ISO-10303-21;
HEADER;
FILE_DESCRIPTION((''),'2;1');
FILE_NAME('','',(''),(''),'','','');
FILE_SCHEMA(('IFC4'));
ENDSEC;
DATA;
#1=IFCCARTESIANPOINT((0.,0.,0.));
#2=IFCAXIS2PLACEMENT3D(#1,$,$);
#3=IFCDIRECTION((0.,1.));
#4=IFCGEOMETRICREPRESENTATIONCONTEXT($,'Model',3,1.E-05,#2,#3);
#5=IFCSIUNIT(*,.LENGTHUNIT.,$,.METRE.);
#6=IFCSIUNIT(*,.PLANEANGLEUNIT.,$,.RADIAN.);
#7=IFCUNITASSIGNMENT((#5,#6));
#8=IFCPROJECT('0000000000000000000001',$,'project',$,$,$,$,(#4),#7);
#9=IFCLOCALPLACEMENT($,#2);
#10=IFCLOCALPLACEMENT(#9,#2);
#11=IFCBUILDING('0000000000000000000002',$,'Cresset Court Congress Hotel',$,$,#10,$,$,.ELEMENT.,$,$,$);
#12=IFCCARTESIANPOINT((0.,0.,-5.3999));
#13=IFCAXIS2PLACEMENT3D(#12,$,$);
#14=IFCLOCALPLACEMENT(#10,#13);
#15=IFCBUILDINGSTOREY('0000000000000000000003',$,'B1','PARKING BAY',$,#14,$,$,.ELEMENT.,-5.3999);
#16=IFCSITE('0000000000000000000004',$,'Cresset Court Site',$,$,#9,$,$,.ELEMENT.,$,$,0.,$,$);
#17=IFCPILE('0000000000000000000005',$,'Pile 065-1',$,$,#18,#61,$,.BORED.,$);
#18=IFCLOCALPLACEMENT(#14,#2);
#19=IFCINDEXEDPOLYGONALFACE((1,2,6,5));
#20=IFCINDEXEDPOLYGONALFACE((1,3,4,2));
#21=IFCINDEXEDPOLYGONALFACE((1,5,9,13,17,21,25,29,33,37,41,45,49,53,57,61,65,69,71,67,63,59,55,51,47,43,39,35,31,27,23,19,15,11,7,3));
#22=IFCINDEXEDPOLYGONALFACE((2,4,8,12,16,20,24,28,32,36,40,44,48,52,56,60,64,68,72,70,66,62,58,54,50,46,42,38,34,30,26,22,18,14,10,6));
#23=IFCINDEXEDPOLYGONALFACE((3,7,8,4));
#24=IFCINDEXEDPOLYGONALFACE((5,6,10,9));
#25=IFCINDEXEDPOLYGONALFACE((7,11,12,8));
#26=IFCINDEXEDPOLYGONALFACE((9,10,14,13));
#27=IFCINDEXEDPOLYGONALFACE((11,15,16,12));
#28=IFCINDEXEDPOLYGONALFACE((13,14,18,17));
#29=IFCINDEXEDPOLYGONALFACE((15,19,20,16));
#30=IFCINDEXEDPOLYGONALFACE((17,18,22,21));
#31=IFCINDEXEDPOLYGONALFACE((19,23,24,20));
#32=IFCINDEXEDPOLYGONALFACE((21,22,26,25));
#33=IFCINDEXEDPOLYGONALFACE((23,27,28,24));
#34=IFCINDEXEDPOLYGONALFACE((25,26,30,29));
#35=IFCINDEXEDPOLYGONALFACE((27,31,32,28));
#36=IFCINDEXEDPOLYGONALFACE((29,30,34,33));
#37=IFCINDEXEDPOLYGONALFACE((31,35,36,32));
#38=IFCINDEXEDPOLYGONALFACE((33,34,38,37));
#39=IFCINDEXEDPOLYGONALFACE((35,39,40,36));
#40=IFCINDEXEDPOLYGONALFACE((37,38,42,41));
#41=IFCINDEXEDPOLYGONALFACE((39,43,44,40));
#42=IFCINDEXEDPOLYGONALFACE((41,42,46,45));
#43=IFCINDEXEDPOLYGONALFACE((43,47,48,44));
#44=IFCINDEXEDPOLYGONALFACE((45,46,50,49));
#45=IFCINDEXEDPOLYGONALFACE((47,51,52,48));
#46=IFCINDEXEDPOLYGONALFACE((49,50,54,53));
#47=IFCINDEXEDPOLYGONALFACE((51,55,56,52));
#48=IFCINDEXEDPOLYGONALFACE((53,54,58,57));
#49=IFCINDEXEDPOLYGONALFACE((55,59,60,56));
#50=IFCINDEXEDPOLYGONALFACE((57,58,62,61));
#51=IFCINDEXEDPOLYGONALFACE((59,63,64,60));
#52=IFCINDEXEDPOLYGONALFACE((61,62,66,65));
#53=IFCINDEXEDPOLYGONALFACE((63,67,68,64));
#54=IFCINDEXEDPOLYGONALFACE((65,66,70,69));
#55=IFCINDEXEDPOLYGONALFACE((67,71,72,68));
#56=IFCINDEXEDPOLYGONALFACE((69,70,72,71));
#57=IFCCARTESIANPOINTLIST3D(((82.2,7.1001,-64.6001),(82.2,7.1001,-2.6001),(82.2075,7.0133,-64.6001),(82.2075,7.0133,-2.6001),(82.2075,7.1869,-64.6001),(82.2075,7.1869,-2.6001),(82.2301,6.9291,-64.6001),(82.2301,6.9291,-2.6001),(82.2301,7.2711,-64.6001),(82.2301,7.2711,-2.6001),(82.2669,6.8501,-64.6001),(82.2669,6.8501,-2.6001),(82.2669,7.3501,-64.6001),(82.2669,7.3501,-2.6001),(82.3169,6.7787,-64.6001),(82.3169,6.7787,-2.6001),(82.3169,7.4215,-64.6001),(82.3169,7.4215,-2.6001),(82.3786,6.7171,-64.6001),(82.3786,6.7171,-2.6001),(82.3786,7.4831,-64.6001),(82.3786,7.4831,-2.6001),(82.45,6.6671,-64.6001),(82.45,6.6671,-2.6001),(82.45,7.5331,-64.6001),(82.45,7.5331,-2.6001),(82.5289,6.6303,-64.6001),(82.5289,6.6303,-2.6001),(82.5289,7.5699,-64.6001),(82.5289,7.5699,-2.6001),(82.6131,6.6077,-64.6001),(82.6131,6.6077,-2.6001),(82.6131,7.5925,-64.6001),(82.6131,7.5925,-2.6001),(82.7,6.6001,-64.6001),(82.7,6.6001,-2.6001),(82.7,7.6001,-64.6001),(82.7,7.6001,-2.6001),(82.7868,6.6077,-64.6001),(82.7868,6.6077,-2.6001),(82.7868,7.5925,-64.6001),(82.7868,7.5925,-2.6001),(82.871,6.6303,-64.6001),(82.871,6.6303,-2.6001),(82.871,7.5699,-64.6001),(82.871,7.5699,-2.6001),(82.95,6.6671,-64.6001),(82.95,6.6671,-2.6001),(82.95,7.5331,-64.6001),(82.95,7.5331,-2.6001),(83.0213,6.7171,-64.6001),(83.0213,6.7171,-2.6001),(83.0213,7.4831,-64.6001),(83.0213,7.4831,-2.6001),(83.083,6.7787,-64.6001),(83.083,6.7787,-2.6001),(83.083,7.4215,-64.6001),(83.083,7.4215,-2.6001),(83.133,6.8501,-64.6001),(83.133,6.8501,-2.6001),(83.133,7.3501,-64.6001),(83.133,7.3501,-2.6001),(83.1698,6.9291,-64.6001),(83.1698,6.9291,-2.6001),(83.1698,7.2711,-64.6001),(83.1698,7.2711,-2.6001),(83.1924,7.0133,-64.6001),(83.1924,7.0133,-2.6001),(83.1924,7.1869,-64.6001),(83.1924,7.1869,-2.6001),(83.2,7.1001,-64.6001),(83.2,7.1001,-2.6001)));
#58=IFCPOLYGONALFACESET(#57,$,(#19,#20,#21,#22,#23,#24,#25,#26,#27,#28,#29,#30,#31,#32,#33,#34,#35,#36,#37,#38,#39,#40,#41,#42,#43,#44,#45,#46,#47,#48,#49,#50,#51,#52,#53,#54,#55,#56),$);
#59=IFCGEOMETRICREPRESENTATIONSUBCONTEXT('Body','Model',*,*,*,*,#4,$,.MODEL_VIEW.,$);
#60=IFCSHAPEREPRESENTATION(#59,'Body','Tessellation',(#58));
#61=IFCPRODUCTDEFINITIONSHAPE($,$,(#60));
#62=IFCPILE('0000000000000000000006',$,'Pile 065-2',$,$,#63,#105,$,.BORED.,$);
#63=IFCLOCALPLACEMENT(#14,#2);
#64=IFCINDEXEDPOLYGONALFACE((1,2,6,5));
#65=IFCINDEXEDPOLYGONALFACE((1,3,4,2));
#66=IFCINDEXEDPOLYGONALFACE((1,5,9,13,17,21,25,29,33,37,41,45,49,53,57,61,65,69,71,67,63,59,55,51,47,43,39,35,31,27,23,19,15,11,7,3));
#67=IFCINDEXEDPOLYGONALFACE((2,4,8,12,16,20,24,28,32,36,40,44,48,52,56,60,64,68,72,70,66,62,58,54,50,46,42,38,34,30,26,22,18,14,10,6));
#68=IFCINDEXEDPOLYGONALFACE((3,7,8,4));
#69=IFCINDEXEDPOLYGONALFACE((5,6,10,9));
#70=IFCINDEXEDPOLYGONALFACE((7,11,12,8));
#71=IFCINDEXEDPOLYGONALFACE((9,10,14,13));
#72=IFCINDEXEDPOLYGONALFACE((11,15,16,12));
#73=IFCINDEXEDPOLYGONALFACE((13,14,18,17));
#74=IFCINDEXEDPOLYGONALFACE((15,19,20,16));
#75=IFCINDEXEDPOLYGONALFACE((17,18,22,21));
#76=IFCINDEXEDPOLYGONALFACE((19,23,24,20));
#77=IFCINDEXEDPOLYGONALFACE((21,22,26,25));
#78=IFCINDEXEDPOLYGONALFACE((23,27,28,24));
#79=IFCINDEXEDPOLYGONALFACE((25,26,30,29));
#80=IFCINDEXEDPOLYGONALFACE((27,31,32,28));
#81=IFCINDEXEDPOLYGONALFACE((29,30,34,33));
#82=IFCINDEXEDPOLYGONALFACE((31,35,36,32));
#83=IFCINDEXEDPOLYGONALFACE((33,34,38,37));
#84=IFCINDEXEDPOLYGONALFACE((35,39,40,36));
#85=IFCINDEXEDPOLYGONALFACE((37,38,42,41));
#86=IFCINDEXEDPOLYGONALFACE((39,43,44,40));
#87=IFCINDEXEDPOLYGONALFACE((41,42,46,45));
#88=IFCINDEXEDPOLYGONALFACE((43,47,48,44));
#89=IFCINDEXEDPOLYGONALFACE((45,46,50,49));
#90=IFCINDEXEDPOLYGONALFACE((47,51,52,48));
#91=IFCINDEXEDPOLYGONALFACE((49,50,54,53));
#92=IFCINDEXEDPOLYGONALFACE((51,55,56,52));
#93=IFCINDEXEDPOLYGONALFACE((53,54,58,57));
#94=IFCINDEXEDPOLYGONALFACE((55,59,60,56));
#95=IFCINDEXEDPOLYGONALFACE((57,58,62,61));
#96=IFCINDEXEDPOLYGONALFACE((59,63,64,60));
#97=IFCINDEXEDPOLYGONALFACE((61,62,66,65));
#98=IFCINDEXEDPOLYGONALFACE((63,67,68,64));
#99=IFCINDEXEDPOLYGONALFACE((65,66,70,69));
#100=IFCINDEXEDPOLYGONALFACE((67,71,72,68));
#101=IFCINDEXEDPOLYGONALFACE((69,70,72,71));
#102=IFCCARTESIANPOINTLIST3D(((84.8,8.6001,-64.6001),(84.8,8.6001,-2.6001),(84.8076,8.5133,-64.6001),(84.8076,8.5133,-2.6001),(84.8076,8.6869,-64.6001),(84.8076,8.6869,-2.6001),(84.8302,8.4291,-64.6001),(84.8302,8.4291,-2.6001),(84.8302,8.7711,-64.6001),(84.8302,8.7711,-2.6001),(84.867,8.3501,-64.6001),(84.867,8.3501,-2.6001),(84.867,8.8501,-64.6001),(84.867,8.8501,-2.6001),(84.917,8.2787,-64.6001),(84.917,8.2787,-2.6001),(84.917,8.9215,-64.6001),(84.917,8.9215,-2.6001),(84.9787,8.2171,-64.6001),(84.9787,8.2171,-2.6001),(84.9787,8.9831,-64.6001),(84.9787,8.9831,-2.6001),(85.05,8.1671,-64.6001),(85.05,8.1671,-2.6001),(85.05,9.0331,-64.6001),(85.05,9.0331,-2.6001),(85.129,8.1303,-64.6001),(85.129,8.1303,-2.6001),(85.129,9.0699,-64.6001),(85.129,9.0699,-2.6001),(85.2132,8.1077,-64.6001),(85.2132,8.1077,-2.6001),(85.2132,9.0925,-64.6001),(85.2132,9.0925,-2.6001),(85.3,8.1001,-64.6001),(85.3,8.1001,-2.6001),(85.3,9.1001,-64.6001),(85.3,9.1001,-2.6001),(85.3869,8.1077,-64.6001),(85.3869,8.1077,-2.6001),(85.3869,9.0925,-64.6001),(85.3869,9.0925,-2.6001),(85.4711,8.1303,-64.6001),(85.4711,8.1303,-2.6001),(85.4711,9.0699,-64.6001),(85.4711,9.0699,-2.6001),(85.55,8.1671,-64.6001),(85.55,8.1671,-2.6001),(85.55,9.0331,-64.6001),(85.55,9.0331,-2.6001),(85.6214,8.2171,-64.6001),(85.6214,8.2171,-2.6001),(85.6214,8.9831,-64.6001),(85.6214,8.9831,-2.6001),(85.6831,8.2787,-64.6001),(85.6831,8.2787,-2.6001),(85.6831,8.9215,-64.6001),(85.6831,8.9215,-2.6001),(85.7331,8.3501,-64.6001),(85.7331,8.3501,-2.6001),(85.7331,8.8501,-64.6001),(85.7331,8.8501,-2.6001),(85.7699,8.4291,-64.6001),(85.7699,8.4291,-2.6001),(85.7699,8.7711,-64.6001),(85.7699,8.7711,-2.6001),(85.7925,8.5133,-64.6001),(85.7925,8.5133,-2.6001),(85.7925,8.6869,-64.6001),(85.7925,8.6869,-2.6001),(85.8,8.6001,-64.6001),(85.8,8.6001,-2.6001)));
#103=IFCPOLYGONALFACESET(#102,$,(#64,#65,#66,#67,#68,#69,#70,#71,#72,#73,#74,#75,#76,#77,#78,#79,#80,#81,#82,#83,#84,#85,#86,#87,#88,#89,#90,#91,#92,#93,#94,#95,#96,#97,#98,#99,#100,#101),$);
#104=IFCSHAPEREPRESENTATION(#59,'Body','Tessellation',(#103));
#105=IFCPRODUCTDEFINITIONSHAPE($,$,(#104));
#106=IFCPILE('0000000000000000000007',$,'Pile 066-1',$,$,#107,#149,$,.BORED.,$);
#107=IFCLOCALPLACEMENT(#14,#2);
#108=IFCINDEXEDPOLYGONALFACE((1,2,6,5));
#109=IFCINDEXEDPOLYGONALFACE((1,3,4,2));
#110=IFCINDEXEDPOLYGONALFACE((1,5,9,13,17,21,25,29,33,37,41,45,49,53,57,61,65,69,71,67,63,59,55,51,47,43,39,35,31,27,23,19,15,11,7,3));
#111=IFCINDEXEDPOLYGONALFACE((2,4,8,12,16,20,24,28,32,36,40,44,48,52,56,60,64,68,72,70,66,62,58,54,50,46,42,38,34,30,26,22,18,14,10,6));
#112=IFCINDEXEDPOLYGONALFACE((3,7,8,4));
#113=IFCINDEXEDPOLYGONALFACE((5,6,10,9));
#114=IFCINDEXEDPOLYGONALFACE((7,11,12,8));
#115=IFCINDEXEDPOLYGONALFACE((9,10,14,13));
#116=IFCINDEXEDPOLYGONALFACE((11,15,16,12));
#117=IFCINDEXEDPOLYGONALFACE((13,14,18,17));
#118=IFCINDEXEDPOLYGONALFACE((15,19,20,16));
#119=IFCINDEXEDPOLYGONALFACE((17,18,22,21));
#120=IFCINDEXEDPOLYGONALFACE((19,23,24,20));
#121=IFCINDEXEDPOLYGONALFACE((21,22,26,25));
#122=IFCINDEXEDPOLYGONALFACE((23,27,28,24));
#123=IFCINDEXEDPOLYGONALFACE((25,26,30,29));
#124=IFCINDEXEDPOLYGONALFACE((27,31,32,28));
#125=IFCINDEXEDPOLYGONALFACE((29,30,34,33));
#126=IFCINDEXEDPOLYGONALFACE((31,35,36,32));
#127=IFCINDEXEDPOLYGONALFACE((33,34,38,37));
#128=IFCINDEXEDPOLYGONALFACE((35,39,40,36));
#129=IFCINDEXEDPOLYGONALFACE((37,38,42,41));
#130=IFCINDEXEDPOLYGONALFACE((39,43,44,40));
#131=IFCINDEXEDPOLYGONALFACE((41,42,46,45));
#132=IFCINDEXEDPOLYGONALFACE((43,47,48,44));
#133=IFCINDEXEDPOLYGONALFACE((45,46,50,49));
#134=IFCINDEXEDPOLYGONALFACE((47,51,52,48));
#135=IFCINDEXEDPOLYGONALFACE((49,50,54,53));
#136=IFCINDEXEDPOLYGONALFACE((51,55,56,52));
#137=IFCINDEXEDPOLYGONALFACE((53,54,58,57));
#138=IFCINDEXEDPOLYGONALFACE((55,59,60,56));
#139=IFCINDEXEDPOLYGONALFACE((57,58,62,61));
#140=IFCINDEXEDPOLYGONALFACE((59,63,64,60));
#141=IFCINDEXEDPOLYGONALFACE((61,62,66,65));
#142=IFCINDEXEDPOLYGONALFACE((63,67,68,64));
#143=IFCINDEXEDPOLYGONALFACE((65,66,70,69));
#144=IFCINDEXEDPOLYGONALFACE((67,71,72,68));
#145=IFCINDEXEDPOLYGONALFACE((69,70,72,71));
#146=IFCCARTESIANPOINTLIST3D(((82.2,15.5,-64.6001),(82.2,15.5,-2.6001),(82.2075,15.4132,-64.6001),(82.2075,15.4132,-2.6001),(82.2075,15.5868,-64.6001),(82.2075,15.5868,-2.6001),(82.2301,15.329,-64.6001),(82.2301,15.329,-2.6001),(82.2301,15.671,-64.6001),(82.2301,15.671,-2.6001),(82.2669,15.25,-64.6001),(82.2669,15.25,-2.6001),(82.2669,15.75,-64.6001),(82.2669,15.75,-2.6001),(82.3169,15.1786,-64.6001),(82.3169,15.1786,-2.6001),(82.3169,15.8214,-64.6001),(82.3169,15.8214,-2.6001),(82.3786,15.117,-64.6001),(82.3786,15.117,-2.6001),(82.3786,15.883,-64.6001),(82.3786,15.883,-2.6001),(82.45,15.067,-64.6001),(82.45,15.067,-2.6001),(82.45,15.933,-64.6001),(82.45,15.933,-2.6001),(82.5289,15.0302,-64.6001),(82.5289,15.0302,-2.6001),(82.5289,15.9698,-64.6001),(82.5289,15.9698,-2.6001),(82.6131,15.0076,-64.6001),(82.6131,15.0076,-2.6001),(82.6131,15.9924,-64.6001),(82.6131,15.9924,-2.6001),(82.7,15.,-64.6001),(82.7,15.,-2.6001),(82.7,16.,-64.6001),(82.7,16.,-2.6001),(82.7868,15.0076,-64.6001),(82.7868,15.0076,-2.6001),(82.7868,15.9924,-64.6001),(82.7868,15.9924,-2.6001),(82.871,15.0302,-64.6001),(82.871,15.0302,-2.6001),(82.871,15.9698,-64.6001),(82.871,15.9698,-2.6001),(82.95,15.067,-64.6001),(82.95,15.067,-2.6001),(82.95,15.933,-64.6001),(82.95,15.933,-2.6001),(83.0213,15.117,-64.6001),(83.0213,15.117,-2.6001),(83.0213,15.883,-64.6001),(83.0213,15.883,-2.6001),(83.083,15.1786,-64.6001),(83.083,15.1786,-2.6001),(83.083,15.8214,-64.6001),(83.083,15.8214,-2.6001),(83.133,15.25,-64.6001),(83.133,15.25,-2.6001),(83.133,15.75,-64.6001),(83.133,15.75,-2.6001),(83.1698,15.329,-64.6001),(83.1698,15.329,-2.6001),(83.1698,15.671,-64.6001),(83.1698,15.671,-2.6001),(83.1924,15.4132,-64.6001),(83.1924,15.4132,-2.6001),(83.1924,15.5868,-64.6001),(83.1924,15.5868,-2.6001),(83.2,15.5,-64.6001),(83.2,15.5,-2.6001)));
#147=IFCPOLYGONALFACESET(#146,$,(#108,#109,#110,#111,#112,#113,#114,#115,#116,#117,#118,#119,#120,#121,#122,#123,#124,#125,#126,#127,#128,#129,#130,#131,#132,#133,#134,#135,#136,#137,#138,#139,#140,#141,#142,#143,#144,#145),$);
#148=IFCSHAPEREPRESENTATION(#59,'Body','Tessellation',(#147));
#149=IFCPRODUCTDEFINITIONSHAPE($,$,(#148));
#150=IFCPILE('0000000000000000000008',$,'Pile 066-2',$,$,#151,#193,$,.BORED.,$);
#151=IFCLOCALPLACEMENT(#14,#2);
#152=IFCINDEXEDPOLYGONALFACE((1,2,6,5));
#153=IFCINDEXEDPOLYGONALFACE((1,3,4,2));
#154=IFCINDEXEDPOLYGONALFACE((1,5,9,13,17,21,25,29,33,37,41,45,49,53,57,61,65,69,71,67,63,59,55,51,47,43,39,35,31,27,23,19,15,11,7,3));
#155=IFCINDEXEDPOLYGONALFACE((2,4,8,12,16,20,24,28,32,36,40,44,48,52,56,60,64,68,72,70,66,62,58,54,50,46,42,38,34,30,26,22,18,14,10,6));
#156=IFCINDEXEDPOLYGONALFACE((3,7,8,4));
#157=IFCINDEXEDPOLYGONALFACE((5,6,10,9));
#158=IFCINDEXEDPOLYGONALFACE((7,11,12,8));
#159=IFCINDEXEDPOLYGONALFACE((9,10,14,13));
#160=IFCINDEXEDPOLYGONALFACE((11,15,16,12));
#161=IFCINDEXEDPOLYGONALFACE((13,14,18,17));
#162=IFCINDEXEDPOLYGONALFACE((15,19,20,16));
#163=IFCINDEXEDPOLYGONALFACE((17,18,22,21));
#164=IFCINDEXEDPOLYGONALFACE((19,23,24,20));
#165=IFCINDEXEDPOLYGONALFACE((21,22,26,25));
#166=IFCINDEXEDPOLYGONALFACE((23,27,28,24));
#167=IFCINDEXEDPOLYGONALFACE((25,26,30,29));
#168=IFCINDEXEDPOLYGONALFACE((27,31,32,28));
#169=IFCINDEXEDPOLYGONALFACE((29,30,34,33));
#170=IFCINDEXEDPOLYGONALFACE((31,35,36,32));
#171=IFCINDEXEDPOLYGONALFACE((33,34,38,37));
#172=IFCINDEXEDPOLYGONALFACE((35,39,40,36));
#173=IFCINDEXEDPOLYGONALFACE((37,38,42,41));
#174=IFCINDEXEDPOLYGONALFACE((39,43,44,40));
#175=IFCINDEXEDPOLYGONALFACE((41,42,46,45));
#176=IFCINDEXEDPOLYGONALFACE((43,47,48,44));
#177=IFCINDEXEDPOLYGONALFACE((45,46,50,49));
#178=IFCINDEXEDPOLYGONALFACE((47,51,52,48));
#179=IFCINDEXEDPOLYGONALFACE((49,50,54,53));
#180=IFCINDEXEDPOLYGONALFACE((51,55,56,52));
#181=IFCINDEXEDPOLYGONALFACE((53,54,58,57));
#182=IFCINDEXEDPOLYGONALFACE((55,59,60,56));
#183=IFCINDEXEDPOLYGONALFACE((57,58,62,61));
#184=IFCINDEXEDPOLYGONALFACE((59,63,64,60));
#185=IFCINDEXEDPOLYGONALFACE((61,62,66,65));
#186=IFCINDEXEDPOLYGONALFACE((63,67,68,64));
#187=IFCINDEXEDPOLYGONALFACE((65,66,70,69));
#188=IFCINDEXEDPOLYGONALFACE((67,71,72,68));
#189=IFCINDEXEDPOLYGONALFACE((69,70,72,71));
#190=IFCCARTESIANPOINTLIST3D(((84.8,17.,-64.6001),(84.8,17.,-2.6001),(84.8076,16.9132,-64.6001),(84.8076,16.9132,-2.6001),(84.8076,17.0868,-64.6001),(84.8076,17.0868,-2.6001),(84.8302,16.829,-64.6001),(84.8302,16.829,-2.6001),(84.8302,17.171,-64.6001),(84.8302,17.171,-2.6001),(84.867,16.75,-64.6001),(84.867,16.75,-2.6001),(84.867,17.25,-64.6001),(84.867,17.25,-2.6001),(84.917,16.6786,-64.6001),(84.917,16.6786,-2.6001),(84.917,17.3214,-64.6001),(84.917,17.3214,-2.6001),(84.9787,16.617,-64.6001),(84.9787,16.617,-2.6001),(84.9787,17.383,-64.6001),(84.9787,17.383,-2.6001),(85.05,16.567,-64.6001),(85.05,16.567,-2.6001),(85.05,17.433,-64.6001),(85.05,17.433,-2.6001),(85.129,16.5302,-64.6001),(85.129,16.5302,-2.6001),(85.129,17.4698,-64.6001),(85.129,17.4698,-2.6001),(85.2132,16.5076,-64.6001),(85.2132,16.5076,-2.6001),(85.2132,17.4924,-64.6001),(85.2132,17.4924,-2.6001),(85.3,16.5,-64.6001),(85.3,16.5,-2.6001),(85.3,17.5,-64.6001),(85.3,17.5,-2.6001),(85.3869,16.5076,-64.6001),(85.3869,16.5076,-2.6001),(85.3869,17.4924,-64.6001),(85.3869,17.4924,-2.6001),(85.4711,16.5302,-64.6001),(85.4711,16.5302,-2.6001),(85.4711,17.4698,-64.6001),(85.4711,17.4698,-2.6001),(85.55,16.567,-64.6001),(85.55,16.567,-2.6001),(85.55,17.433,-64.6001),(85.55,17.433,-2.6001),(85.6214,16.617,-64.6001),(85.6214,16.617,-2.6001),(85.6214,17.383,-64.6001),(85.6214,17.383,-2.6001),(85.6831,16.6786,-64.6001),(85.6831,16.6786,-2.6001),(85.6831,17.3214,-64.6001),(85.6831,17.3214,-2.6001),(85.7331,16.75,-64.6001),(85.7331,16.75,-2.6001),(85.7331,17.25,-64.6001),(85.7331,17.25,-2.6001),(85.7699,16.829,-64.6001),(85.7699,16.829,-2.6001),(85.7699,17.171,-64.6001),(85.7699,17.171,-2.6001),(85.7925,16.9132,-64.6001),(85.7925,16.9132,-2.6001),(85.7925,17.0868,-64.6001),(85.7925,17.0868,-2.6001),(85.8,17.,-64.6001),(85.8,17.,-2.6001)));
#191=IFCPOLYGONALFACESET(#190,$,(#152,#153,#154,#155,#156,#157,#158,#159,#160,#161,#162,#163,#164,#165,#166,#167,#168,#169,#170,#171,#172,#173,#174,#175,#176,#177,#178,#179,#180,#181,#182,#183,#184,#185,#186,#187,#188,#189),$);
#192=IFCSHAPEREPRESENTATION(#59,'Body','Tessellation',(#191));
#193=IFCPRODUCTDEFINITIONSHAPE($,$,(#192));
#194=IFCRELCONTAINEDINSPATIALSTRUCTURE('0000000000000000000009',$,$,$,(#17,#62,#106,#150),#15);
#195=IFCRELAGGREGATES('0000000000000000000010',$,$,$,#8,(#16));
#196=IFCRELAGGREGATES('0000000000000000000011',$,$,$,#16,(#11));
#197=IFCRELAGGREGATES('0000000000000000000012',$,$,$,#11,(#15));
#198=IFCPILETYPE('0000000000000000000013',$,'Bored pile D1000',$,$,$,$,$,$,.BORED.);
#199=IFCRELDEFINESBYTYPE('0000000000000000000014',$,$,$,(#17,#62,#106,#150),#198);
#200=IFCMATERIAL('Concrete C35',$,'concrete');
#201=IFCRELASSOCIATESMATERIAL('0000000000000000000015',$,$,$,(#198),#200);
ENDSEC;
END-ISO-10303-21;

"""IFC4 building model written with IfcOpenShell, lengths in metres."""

from ifc_helpers import new_model, si_unit, direction, frame, origin, origin_2d, place, context, subcontext, project, spatial, circle, extrude, material, type_object, element, save


model = new_model("IFC4")

# Units and contexts
model_context = context("Model", 3, precision=1e-05, world=origin(), true_north=direction((0.0, 1.0)))
body_context = subcontext(model_context, "Body", "Model", "MODEL_VIEW")
ifc_project = project(units=[si_unit("LENGTHUNIT", "METRE"), si_unit("PLANEANGLEUNIT", "RADIAN")], contexts=[model_context])

# Site, building, storey
site_placement = place(None, origin())
site = spatial("IfcSite", under=ifc_project, at=site_placement, Name="Cresset Court Site", CompositionType="ELEMENT", RefElevation=0.0)
building_placement = place(site_placement, origin())
building = spatial("IfcBuilding", under=site, at=building_placement, Name="Cresset Court Congress Hotel", CompositionType="ELEMENT")
storey_placement = place(building_placement, frame((0.0, 0.0, -5.3999)))
storey = spatial("IfcBuildingStorey", under=building, at=storey_placement, Name="B1", Description="PARKING BAY", CompositionType="ELEMENT", Elevation=-5.3999)

# Piles
ifc_material_1 = material(Name="Concrete C35", Category="concrete")
pile_type = type_object("IfcPileType", Name="Bored pile D1000", PredefinedType="BORED", material=ifc_material_1)
for number, where, z_axis, x_axis, name in (
    (1, (82.7, 7.1001, -2.6001), (0.0, 0.0, -1.0), (1.0, 0.0, 0.0), "Pile 065-1"),
    (2, (85.3, 8.6001, -2.6001), (0.0, 0.0, -1.0), (1.0, 0.0, 0.0), "Pile 065-2"),
    (3, (82.7, 15.5, -2.6001), (0.0, 0.0, -1.0), (1.0, 0.0, 0.0), "Pile 066-1"),
    (4, (85.3, 17.0, -2.6001), (0.0, 0.0, -1.0), (1.0, 0.0, 0.0), "Pile 066-2"),
):
    element("IfcPile", number, at=place(storey_placement, frame(where, z_axis=z_axis, x_axis=x_axis)), inside=storey, type_object=pile_type, Name=name, PredefinedType="BORED", context=body_context, shape_type="SweptSolid", body=[
        extrude(circle(Radius=0.5, at=origin_2d()), origin(), (0.0, 0.0, 1.0), 62.0),
    ])

save(model, "model.ifc")
